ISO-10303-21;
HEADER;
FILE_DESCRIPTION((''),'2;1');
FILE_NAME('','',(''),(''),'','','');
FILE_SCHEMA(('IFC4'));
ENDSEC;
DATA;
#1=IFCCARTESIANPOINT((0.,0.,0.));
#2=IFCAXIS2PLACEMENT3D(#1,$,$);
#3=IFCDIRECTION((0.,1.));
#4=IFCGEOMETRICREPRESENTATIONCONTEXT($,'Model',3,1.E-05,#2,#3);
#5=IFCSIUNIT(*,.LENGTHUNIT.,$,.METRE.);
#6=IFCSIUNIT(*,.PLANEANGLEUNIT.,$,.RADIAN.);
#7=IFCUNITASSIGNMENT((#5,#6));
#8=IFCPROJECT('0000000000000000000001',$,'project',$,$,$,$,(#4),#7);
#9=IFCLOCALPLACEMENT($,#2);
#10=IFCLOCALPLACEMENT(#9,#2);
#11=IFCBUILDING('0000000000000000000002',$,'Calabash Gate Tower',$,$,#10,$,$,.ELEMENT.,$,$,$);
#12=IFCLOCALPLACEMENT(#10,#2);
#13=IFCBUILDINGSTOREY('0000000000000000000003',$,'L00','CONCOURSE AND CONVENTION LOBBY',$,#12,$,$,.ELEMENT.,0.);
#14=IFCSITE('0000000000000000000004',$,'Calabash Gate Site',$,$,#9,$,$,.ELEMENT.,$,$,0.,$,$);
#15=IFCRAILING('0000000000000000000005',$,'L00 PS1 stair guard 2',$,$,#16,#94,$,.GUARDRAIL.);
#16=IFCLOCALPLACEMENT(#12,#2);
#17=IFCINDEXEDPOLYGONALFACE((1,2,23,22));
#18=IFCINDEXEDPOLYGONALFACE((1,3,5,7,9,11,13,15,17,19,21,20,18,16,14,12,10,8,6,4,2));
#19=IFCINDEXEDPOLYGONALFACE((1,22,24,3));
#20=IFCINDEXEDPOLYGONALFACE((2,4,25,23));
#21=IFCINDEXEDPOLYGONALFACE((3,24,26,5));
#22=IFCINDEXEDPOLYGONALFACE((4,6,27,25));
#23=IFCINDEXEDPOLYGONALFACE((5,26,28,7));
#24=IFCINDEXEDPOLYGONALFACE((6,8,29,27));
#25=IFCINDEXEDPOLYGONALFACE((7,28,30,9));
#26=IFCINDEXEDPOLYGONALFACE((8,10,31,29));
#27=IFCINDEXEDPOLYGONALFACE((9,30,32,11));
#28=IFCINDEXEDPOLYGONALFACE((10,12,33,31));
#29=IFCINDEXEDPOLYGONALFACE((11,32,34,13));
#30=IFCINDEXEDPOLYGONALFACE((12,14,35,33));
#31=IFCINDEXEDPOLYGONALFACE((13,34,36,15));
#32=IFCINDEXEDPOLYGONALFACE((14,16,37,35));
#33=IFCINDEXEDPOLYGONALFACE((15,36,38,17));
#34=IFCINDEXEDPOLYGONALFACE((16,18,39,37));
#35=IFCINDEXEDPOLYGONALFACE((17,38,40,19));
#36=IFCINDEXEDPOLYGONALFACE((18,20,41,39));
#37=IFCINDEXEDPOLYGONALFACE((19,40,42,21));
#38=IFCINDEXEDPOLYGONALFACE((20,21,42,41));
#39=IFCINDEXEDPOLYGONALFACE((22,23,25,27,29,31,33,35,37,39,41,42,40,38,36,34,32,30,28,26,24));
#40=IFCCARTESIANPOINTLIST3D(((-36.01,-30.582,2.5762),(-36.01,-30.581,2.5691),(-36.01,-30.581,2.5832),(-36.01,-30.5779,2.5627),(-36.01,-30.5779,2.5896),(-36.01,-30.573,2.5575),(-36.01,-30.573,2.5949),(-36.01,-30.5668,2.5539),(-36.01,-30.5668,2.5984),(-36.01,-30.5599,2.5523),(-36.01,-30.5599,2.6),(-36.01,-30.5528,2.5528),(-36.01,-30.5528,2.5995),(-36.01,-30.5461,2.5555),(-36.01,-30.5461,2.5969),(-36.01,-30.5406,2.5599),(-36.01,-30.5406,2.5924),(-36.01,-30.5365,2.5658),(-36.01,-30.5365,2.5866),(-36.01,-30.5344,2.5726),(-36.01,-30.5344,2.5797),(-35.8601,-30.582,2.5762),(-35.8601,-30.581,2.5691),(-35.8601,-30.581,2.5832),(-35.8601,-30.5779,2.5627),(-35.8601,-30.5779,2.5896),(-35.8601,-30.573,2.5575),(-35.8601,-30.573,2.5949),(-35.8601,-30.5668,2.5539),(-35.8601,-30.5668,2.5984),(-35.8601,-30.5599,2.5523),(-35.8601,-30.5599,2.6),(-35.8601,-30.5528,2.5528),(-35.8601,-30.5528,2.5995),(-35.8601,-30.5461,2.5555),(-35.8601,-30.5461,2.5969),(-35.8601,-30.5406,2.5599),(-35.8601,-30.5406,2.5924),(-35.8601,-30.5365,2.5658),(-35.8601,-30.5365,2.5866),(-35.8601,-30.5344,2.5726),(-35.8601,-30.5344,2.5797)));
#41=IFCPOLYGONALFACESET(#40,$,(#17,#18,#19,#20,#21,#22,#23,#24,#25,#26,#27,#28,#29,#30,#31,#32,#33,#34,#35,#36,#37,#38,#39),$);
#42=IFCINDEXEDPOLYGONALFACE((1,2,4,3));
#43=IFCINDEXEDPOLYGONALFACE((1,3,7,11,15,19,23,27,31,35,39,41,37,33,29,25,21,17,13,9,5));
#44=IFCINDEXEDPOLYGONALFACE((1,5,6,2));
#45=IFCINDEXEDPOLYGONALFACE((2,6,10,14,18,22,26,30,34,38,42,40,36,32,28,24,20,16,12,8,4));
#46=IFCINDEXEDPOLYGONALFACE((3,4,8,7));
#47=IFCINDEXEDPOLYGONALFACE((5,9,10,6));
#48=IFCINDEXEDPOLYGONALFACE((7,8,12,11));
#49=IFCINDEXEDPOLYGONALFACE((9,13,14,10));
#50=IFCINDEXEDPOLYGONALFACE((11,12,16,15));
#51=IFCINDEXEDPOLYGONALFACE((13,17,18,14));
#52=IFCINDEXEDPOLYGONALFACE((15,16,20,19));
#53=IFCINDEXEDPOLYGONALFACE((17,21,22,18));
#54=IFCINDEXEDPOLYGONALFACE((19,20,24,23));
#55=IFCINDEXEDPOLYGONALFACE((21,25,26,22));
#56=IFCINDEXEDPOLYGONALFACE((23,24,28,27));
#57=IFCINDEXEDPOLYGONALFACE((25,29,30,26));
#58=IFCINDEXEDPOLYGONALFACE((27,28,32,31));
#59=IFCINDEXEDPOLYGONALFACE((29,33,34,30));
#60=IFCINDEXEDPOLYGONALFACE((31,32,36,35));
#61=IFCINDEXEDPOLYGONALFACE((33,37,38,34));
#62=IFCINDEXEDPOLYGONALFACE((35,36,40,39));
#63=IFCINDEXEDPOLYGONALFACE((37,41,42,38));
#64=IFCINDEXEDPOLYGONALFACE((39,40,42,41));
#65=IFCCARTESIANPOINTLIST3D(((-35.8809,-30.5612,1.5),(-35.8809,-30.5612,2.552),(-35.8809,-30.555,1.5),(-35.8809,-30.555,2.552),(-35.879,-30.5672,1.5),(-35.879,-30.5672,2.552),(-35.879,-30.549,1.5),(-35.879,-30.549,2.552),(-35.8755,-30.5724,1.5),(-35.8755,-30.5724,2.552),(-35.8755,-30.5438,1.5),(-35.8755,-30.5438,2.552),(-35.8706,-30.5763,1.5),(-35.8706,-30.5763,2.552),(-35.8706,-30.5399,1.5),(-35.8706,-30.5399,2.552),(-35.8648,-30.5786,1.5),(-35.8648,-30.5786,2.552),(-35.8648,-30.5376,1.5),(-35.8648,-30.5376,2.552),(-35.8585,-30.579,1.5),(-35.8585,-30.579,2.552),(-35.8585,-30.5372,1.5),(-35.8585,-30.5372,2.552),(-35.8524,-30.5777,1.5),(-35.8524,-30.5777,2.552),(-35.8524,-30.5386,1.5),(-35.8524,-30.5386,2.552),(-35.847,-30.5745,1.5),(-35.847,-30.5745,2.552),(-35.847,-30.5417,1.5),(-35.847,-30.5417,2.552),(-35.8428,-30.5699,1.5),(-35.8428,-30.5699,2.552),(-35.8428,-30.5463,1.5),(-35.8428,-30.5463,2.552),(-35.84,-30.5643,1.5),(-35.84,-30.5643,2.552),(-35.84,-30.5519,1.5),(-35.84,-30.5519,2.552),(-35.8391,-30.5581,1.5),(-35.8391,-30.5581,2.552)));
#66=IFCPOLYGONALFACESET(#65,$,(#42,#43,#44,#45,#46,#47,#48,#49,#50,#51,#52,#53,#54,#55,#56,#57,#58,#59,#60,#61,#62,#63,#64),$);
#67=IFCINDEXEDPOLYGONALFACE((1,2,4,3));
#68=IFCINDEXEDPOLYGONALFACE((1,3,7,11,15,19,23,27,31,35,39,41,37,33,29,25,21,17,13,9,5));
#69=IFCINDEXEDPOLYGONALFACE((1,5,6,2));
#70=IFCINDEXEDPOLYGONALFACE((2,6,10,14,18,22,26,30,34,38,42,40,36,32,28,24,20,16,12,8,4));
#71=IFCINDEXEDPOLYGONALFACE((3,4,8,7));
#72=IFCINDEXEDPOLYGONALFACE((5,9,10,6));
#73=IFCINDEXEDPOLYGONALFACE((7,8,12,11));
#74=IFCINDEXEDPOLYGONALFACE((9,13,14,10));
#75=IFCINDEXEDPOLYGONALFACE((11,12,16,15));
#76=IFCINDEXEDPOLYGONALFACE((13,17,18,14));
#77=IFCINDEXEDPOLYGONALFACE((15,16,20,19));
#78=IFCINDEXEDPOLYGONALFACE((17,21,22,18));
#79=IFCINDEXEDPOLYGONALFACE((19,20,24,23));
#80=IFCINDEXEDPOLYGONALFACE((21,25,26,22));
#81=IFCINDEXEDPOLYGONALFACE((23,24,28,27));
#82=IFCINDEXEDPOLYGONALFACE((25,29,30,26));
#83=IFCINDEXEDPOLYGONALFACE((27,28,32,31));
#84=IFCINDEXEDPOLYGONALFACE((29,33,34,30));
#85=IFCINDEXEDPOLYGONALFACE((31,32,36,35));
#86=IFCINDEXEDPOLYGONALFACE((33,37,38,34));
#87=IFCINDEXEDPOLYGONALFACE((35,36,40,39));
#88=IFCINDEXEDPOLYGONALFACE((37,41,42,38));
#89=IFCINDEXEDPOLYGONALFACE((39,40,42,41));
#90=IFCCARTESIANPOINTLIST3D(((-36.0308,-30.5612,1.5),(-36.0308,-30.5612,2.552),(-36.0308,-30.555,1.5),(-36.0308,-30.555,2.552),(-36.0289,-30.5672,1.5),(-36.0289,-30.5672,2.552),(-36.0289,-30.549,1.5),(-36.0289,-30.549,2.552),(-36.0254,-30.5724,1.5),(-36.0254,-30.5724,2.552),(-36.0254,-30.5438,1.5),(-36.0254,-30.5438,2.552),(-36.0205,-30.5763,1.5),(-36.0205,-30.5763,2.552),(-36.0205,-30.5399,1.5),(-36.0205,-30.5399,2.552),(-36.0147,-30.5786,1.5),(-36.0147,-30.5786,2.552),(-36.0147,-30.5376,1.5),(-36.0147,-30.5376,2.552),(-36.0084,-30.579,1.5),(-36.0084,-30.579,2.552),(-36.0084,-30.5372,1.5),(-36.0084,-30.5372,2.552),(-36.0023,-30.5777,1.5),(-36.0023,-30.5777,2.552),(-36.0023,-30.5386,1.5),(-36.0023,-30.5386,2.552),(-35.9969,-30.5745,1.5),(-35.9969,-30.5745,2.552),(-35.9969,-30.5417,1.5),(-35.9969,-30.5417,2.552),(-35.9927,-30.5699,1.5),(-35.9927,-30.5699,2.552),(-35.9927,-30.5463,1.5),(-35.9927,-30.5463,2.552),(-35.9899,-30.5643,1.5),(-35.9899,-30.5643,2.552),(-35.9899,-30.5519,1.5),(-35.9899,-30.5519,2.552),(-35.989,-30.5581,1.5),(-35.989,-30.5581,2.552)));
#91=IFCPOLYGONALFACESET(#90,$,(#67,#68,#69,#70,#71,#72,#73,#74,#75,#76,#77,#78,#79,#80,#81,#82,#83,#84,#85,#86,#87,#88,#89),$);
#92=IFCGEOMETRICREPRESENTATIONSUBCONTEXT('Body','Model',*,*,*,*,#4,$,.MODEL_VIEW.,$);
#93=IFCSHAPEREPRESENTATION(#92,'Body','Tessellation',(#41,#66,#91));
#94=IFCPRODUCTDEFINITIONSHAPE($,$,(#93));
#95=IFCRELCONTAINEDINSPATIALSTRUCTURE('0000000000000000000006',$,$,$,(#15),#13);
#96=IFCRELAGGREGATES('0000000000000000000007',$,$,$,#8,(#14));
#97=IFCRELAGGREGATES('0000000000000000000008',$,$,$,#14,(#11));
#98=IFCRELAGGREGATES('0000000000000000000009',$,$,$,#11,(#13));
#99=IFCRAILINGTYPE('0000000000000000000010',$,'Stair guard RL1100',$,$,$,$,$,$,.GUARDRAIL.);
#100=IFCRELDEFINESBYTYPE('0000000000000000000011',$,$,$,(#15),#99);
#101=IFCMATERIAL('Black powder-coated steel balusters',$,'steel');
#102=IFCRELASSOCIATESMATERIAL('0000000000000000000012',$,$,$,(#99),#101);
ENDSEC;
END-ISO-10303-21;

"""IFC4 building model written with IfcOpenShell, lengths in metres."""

from ifc_helpers import new_model, si_unit, direction, frame, origin, origin_2d, place, context, subcontext, project, spatial, circle, extrude, material, type_object, element, save


model = new_model("IFC4")

# Units and contexts
model_context = context("Model", 3, precision=1e-05, world=origin(), true_north=direction((0.0, 1.0)))
body_context = subcontext(model_context, "Body", "Model", "MODEL_VIEW")
ifc_project = project(units=[si_unit("LENGTHUNIT", "METRE"), si_unit("PLANEANGLEUNIT", "RADIAN")], contexts=[model_context])

# Site, building, storey
site_placement = place(None, origin())
site = spatial("IfcSite", under=ifc_project, at=site_placement, Name="Calabash Gate Site", CompositionType="ELEMENT", RefElevation=0.0)
building_placement = place(site_placement, origin())
building = spatial("IfcBuilding", under=site, at=building_placement, Name="Calabash Gate Tower", CompositionType="ELEMENT")
storey_placement = place(building_placement, origin())
storey = spatial("IfcBuildingStorey", under=building, at=storey_placement, Name="L00", Description="CONCOURSE AND CONVENTION LOBBY", CompositionType="ELEMENT", Elevation=0.0)

# Railing
ifc_material_1 = material(Name="Black powder-coated steel balusters", Category="steel")
railing_type_1 = type_object("IfcRailingType", Name="Stair guard RL1100", PredefinedType="GUARDRAIL", material=ifc_material_1)
railing_1_placement = place(storey_placement, frame((-35.8601, -30.5581, 1.5)))
element("IfcRailing", 1, at=railing_1_placement, inside=storey, type_object=railing_type_1, Name="L00 PS1 stair guard 2", PredefinedType="GUARDRAIL", context=body_context, shape_type="SweptSolid", body=[
    extrude(circle(Radius=0.0239, at=origin_2d()), frame((0.0, 0.0, 1.0762), z_axis=(-1.0, 0.0, 0.0), x_axis=(0.0, -1.0, 0.0)), (0.0, 0.0, 1.0), 0.1499),
    extrude(circle(Radius=0.021, at=origin_2d()), origin(), (0.0, 0.0, 1.0), 1.052),
    extrude(circle(Radius=0.021, at=origin_2d()), frame((-0.1499, 0.0, 0.0)), (0.0, 0.0, 1.0), 1.052),
])

save(model, "model.ifc")
